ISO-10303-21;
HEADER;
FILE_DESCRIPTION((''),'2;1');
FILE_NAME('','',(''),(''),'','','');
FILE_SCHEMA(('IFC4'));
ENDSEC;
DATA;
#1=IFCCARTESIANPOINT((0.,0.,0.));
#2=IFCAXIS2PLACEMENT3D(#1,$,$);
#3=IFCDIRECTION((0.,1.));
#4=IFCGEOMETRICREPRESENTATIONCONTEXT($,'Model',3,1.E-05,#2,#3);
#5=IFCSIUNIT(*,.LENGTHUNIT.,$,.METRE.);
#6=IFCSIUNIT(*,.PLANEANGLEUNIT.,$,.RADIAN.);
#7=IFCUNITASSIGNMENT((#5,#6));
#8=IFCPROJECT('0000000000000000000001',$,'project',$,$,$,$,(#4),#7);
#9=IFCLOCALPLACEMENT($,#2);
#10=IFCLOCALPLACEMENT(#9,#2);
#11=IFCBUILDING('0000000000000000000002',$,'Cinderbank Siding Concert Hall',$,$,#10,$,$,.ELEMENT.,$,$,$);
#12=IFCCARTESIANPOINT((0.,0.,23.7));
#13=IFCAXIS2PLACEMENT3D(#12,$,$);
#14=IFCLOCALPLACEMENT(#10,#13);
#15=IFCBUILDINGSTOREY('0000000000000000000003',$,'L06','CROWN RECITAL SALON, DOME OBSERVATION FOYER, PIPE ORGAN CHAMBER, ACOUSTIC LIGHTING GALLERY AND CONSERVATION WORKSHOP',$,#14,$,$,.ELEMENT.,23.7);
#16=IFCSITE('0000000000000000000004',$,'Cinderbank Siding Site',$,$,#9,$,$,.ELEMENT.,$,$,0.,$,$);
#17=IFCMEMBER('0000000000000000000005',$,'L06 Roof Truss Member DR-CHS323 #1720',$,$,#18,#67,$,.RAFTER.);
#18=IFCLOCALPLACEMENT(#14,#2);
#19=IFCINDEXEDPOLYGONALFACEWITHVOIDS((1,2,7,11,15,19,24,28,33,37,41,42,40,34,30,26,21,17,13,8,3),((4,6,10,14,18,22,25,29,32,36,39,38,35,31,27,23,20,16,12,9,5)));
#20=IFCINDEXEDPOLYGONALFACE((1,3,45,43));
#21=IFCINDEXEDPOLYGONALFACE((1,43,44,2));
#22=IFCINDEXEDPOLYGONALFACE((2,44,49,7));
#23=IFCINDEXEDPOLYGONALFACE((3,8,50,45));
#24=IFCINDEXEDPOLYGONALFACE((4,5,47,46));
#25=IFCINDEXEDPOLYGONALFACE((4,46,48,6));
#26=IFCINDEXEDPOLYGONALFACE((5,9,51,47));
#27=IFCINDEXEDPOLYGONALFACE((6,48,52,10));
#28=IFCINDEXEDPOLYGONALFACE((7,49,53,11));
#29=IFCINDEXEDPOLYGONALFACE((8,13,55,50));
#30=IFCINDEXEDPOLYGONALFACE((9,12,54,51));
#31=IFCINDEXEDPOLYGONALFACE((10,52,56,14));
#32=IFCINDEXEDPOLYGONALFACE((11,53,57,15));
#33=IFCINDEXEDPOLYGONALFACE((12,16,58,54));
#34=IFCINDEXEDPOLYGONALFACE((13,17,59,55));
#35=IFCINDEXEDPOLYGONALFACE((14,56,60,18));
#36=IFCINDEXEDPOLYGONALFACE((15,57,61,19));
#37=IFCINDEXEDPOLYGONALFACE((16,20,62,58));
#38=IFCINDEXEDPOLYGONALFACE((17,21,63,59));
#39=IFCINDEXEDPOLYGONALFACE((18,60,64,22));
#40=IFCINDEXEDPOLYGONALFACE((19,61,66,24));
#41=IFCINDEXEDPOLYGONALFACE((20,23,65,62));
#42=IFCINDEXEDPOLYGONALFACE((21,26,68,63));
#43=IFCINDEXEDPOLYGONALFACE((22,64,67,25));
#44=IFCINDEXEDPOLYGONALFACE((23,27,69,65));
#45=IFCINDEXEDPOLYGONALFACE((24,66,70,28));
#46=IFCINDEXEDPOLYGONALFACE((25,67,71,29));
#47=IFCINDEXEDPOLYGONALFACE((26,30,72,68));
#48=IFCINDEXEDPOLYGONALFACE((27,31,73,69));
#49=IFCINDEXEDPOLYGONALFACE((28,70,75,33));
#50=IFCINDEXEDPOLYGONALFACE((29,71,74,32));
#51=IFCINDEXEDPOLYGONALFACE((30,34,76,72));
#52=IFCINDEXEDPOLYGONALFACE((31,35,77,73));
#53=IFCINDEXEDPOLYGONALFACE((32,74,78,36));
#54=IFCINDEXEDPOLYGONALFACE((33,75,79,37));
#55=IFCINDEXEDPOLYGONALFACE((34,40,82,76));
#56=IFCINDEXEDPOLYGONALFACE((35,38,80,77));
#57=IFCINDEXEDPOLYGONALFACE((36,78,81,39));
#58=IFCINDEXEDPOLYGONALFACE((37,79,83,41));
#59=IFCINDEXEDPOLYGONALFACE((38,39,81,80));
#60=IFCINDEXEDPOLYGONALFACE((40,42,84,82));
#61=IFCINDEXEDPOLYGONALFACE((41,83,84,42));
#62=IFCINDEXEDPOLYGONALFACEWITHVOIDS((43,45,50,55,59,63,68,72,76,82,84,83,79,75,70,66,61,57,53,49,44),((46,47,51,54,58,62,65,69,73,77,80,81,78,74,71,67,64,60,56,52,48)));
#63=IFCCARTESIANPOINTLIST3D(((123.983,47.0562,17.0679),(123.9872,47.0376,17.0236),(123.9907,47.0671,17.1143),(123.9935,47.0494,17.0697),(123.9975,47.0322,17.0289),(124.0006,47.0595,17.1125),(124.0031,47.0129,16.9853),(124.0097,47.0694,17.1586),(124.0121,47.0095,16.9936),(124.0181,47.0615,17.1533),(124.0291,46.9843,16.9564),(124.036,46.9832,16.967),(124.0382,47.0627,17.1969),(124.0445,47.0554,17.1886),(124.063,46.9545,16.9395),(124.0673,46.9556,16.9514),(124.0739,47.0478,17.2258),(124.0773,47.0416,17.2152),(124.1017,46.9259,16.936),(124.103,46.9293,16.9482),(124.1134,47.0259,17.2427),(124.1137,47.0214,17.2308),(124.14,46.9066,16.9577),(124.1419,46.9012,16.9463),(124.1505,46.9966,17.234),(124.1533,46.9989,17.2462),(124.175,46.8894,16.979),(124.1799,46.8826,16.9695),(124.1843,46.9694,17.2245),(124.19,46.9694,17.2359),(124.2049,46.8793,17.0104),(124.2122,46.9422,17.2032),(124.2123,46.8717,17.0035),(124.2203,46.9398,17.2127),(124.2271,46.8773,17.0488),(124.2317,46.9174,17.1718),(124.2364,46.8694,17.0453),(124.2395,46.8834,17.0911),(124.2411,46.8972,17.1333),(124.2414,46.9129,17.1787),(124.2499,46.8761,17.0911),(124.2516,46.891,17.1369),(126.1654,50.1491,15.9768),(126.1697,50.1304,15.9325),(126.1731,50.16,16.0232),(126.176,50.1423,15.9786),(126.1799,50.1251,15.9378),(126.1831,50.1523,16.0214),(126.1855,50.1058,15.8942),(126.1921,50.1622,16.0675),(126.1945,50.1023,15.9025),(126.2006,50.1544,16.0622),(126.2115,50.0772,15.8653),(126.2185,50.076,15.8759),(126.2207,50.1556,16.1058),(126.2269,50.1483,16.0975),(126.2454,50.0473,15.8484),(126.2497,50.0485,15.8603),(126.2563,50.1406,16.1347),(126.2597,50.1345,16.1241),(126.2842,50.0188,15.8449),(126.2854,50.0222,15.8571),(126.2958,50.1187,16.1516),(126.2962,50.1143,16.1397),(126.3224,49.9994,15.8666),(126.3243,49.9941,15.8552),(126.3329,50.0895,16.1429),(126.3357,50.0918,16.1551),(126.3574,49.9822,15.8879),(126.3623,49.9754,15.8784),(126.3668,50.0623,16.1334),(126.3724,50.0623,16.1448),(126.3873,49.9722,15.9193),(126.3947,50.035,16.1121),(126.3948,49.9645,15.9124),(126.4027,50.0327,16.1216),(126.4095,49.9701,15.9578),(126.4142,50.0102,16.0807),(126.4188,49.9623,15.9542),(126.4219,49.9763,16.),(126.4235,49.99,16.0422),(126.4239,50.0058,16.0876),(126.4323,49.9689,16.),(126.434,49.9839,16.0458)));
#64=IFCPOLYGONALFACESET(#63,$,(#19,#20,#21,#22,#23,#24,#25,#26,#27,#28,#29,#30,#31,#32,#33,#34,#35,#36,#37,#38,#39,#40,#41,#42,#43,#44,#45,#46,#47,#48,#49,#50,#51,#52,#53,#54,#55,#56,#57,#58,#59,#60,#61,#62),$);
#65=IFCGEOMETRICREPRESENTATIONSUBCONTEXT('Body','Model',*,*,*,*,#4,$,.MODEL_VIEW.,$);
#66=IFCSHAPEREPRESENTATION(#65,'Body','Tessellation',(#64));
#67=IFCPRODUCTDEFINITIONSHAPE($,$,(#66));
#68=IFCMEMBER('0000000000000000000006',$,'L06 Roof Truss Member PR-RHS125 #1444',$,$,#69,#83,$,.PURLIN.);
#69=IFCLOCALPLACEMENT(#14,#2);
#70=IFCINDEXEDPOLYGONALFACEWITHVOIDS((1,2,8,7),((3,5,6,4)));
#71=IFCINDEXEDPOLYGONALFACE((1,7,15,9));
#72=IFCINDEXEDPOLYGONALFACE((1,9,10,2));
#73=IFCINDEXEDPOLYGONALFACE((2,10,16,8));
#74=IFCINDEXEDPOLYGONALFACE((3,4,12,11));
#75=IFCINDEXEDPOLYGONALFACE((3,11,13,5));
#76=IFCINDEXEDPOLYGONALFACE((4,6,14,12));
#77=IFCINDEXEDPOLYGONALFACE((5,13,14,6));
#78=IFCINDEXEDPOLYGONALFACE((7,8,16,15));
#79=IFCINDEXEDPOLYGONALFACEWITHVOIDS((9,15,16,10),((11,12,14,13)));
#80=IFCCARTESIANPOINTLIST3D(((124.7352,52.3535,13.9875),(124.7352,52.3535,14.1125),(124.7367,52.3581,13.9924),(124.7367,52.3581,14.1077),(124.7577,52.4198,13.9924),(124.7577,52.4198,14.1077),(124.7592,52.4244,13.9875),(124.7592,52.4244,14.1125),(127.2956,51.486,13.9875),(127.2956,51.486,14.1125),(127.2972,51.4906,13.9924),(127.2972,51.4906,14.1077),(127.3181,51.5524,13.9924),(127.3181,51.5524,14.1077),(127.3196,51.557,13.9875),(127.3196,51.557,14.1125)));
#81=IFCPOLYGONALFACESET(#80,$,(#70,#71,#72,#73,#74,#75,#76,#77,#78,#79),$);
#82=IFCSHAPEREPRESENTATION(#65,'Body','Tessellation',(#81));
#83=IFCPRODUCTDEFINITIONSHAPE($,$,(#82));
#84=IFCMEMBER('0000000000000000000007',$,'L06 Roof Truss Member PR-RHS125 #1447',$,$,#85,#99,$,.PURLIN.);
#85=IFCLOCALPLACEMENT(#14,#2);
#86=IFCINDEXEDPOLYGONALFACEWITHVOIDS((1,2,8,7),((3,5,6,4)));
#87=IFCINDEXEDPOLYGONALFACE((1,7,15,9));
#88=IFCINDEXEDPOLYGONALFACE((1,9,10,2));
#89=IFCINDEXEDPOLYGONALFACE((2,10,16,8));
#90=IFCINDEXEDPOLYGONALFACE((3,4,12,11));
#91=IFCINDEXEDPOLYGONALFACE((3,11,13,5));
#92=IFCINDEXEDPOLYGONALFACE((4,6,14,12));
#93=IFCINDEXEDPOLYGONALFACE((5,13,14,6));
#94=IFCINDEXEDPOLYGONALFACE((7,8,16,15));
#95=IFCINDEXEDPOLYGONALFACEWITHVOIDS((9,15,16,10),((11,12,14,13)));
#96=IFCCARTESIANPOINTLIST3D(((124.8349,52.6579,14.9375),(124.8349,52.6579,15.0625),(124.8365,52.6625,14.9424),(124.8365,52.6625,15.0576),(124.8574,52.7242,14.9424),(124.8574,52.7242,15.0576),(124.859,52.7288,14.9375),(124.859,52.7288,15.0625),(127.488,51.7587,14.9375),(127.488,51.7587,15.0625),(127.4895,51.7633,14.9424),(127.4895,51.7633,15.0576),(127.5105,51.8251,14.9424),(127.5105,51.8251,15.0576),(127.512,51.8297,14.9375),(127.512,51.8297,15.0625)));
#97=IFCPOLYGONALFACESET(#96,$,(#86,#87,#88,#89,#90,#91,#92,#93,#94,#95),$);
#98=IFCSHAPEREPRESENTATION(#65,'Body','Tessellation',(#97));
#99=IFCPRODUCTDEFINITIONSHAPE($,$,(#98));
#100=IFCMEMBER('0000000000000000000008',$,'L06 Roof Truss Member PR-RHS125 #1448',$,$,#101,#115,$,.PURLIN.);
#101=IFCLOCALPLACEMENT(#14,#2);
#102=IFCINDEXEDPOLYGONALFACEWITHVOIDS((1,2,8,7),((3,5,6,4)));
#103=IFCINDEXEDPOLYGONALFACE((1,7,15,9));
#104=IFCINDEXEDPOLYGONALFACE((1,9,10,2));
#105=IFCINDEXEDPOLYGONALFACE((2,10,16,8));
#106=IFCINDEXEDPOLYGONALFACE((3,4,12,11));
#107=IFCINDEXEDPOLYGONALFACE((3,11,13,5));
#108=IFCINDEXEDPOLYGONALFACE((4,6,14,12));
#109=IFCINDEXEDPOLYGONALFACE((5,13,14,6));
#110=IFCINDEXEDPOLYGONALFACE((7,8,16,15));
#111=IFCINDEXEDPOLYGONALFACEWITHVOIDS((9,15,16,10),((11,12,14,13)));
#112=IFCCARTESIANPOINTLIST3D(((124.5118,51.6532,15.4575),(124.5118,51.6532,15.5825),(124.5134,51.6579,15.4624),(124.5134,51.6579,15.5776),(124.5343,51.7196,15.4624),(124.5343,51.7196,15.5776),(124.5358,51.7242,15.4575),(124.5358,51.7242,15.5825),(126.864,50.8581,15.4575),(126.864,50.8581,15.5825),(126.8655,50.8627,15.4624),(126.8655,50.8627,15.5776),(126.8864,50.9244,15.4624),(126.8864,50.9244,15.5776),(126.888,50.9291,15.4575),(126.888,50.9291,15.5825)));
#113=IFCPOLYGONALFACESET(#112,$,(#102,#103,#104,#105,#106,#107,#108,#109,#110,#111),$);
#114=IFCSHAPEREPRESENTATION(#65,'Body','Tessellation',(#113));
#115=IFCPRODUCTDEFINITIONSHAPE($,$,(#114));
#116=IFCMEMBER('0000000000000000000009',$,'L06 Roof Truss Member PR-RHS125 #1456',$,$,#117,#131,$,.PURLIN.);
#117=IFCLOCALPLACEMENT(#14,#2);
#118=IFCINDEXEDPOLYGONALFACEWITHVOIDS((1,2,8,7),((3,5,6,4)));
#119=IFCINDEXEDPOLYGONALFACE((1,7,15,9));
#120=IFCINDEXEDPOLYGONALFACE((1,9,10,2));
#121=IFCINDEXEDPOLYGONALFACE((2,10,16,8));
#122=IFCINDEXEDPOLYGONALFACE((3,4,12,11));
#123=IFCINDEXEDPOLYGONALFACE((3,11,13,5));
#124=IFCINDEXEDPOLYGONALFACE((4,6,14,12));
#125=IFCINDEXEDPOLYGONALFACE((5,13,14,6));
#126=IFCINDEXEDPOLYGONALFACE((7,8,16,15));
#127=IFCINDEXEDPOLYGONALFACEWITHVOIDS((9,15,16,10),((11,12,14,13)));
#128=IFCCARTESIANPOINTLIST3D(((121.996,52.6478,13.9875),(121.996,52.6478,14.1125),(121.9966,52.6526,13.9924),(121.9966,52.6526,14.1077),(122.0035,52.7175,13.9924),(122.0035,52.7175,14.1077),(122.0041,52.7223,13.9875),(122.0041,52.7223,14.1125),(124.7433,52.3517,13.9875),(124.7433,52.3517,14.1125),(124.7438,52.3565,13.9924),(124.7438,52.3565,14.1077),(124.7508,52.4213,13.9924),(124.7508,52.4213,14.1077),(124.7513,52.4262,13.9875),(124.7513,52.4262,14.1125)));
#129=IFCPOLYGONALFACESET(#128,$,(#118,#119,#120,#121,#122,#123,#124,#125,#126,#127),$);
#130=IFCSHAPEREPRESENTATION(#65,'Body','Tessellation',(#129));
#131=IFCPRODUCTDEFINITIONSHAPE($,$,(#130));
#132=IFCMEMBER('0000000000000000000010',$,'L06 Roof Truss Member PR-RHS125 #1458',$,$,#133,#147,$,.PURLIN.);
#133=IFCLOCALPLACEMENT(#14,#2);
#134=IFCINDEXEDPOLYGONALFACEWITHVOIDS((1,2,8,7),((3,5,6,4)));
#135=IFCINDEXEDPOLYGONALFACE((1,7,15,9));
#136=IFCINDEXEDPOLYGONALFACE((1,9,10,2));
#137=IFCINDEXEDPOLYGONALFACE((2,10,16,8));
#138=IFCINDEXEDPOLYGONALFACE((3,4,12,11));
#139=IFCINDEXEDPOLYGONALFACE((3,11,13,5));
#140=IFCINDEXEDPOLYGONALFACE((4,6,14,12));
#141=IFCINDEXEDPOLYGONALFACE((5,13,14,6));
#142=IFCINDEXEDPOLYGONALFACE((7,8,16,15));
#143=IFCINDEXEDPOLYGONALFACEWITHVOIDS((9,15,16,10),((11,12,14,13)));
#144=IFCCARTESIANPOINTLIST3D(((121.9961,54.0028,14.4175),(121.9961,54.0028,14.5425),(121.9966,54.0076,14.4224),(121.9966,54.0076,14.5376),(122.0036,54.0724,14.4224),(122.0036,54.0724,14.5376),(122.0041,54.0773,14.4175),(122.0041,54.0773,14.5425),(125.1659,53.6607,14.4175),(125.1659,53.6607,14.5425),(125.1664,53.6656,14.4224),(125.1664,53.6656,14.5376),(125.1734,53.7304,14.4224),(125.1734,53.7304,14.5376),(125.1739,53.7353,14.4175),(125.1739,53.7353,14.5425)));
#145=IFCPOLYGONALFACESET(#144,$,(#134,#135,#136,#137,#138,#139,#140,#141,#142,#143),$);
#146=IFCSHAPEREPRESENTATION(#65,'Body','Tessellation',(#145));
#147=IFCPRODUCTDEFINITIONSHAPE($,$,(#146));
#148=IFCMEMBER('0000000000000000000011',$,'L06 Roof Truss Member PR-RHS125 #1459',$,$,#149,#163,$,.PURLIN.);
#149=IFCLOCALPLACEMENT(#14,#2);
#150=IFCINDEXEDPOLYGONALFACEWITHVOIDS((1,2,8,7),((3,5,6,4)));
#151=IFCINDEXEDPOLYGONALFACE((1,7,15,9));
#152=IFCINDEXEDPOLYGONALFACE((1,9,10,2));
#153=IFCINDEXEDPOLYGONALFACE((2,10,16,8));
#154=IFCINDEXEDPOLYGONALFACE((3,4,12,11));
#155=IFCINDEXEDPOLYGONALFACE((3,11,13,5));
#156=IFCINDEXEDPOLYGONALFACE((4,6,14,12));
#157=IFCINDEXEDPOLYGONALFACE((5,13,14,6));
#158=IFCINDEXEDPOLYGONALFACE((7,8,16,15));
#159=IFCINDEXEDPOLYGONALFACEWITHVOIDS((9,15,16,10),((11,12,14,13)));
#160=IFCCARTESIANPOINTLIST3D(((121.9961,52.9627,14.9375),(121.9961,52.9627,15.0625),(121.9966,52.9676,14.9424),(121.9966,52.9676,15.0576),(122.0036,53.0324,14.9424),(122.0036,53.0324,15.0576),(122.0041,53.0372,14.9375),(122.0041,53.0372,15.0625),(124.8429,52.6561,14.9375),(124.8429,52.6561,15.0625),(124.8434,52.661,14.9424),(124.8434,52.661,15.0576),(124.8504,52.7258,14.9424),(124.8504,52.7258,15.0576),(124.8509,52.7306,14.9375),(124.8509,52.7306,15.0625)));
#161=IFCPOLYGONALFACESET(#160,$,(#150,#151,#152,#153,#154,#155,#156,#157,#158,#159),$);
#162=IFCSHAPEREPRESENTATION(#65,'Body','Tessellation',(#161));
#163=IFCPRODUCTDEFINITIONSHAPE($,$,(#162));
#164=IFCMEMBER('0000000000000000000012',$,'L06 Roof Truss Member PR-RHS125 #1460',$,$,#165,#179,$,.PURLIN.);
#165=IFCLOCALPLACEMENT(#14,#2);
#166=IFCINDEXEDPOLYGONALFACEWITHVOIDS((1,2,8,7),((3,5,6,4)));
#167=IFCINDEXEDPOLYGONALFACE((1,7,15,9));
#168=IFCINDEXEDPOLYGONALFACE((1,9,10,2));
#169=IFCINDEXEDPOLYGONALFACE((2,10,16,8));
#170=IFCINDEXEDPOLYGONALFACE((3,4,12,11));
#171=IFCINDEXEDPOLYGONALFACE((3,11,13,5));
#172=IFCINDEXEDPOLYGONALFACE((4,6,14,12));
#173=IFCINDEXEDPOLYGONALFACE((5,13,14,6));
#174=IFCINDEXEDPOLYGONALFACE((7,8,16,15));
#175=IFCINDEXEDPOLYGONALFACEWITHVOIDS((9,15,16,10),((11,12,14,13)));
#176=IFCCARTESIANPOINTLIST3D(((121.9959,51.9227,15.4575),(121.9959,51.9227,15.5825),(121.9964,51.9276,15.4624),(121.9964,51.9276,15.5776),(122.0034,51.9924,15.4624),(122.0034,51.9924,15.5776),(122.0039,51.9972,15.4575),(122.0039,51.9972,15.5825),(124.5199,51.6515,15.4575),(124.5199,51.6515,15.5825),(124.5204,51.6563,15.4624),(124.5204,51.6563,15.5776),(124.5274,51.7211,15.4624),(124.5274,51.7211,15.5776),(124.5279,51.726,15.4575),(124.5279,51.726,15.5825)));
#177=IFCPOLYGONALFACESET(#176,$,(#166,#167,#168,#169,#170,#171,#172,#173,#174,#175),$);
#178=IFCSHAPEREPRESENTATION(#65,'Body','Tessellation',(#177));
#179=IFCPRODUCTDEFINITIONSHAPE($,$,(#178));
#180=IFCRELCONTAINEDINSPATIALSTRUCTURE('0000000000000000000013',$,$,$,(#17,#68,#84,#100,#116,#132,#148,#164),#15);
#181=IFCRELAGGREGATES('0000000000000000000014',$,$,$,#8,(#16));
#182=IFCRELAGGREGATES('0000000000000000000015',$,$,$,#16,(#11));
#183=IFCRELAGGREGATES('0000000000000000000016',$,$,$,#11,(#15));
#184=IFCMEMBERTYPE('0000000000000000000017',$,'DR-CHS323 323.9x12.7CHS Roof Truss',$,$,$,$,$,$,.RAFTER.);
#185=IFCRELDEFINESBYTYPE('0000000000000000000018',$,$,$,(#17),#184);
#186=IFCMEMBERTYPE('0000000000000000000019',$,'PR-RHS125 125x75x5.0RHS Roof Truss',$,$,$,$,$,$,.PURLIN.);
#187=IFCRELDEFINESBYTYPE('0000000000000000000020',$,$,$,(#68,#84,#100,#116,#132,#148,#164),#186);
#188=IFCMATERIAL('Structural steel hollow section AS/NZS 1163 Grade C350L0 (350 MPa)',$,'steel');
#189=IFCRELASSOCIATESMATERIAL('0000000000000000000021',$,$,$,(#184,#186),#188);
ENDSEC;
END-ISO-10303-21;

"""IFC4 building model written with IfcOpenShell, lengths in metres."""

from ifc_helpers import new_model, si_unit, direction, frame, origin, origin_2d, place, context, subcontext, project, spatial, hollow_rectangle, hollow_circle, extrude, material, material_profile, profile_set, type_object, element, save


model = new_model("IFC4")

# Units and contexts
model_context = context("Model", 3, precision=1e-05, world=origin(), true_north=direction((0.0, 1.0)))
body_context = subcontext(model_context, "Body", "Model", "MODEL_VIEW")
ifc_project = project(units=[si_unit("LENGTHUNIT", "METRE"), si_unit("PLANEANGLEUNIT", "RADIAN")], contexts=[model_context])

# Site, building, storey
site_placement = place(None, origin())
site = spatial("IfcSite", under=ifc_project, at=site_placement, Name="Cinderbank Siding Site", CompositionType="ELEMENT", RefElevation=0.0)
building_placement = place(site_placement, origin())
building = spatial("IfcBuilding", under=site, at=building_placement, Name="Cinderbank Siding Concert Hall", CompositionType="ELEMENT")
storey_placement = place(building_placement, frame((0.0, 0.0, 23.7)))
storey = spatial("IfcBuildingStorey", under=building, at=storey_placement, Name="L06", Description="CROWN RECITAL SALON, DOME OBSERVATION FOYER, PIPE ORGAN CHAMBER, ACOUSTIC LIGHTING GALLERY AND CONSERVATION WORKSHOP", CompositionType="ELEMENT", Elevation=23.7)

# Members
ifc_material_1 = material(Name="Structural steel hollow section AS/NZS 1163 Grade C350L0 (350 MPa)", Category="steel")
ifc_material_profile_1 = material_profile(ifc_material_1, hollow_circle(Radius=0.1619, WallThickness=0.0127, at=origin_2d()), Name="323.9x12.7CHS", Category="LoadBearing")
ifc_profile_set_1 = profile_set([ifc_material_profile_1], Name="Structural steel hollow section AS/NZS 1163 Grade C350L0 (350 MPa)")
member_type_1 = type_object("IfcMemberType", Name="DR-CHS323 323.9x12.7CHS Roof Truss", PredefinedType="RAFTER", material=ifc_profile_set_1)
member_1_placement = place(storey_placement, frame((126.3, 50.0623, 16.0), z_axis=(-0.553994, -0.785099, 0.276966), x_axis=(0.817063, -0.576549, 0.0)))
element("IfcMember", 1, at=member_1_placement, inside=storey, type_object=member_type_1, Name="L06 Roof Truss Member DR-CHS323 #1720", PredefinedType="RAFTER", context=body_context, shape_type="SweptSolid", body=[
    extrude(hollow_circle(Radius=0.1619, WallThickness=0.0127, at=origin_2d()), origin(), (0.0, 0.0, 1.0), 3.9395),
])
ifc_material_profile_2 = material_profile(ifc_material_1, hollow_rectangle(XDim=0.075, YDim=0.125, WallThickness=0.0049, at=origin_2d()), Name="125x75x5.0RHS", Category="LoadBearing")
ifc_profile_set_2 = profile_set([ifc_material_profile_2], Name="Structural steel hollow section AS/NZS 1163 Grade C350L0 (350 MPa)")
member_type_2 = type_object("IfcMemberType", Name="PR-RHS125 125x75x5.0RHS Roof Truss", PredefinedType="PURLIN", material=ifc_profile_set_2)
member_2_placement = place(storey_placement, frame((127.3076, 51.5215, 14.05), z_axis=(-0.947118, 0.320884, 0.0), x_axis=(-0.320884, -0.947118, 0.0)))
element("IfcMember", 2, at=member_2_placement, inside=storey, type_object=member_type_2, Name="L06 Roof Truss Member PR-RHS125 #1444", PredefinedType="PURLIN", context=body_context, shape_type="SweptSolid", body=[
    extrude(hollow_rectangle(XDim=0.075, YDim=0.125, WallThickness=0.0049, at=origin_2d()), origin(), (0.0, 0.0, 1.0), 2.7034),
])
member_3_placement = place(storey_placement, frame((127.5, 51.7942, 15.0), z_axis=(-0.947085, 0.320982, 0.0), x_axis=(-0.320982, -0.947085, 0.0)))
element("IfcMember", 3, at=member_3_placement, inside=storey, type_object=member_type_2, Name="L06 Roof Truss Member PR-RHS125 #1447", PredefinedType="PURLIN", context=body_context, shape_type="SweptSolid", body=[
    extrude(hollow_rectangle(XDim=0.075, YDim=0.125, WallThickness=0.0049, at=origin_2d()), origin(), (0.0, 0.0, 1.0), 2.8013),
])
member_4_placement = place(storey_placement, frame((126.876, 50.8936, 15.52), z_axis=(-0.947328, 0.320266, 0.0), x_axis=(-0.320266, -0.947328, 0.0)))
element("IfcMember", 4, at=member_4_placement, inside=storey, type_object=member_type_2, Name="L06 Roof Truss Member PR-RHS125 #1448", PredefinedType="PURLIN", context=body_context, shape_type="SweptSolid", body=[
    extrude(hollow_rectangle(XDim=0.075, YDim=0.125, WallThickness=0.0049, at=origin_2d()), origin(), (0.0, 0.0, 1.0), 2.4829),
])
member_5_placement = place(storey_placement, frame((124.7473, 52.3889, 14.05), z_axis=(-0.99424, 0.107173, 0.0), x_axis=(-0.107173, -0.99424, 0.0)))
element("IfcMember", 5, at=member_5_placement, inside=storey, type_object=member_type_2, Name="L06 Roof Truss Member PR-RHS125 #1456", PredefinedType="PURLIN", context=body_context, shape_type="SweptSolid", body=[
    extrude(hollow_rectangle(XDim=0.075, YDim=0.125, WallThickness=0.0049, at=origin_2d()), origin(), (0.0, 0.0, 1.0), 2.7632),
])
member_6_placement = place(storey_placement, frame((125.1699, 53.698, 14.48), z_axis=(-0.994229, 0.107279, 0.0), x_axis=(-0.107279, -0.994229, 0.0)))
element("IfcMember", 6, at=member_6_placement, inside=storey, type_object=member_type_2, Name="L06 Roof Truss Member PR-RHS125 #1458", PredefinedType="PURLIN", context=body_context, shape_type="SweptSolid", body=[
    extrude(hollow_rectangle(XDim=0.075, YDim=0.125, WallThickness=0.0049, at=origin_2d()), origin(), (0.0, 0.0, 1.0), 3.1882),
])
member_7_placement = place(storey_placement, frame((124.8469, 52.6934, 15.0), z_axis=(-0.994249, 0.10709, 0.0), x_axis=(-0.10709, -0.994249, 0.0)))
element("IfcMember", 7, at=member_7_placement, inside=storey, type_object=member_type_2, Name="L06 Roof Truss Member PR-RHS125 #1459", PredefinedType="PURLIN", context=body_context, shape_type="SweptSolid", body=[
    extrude(hollow_rectangle(XDim=0.075, YDim=0.125, WallThickness=0.0049, at=origin_2d()), origin(), (0.0, 0.0, 1.0), 2.8633),
])
member_8_placement = place(storey_placement, frame((124.5239, 51.6887, 15.52), z_axis=(-0.994275, 0.106852, 0.0), x_axis=(-0.106852, -0.994275, 0.0)))
element("IfcMember", 8, at=member_8_placement, inside=storey, type_object=member_type_2, Name="L06 Roof Truss Member PR-RHS125 #1460", PredefinedType="PURLIN", context=body_context, shape_type="SweptSolid", body=[
    extrude(hollow_rectangle(XDim=0.075, YDim=0.125, WallThickness=0.0049, at=origin_2d()), origin(), (0.0, 0.0, 1.0), 2.5386),
])

save(model, "model.ifc")
